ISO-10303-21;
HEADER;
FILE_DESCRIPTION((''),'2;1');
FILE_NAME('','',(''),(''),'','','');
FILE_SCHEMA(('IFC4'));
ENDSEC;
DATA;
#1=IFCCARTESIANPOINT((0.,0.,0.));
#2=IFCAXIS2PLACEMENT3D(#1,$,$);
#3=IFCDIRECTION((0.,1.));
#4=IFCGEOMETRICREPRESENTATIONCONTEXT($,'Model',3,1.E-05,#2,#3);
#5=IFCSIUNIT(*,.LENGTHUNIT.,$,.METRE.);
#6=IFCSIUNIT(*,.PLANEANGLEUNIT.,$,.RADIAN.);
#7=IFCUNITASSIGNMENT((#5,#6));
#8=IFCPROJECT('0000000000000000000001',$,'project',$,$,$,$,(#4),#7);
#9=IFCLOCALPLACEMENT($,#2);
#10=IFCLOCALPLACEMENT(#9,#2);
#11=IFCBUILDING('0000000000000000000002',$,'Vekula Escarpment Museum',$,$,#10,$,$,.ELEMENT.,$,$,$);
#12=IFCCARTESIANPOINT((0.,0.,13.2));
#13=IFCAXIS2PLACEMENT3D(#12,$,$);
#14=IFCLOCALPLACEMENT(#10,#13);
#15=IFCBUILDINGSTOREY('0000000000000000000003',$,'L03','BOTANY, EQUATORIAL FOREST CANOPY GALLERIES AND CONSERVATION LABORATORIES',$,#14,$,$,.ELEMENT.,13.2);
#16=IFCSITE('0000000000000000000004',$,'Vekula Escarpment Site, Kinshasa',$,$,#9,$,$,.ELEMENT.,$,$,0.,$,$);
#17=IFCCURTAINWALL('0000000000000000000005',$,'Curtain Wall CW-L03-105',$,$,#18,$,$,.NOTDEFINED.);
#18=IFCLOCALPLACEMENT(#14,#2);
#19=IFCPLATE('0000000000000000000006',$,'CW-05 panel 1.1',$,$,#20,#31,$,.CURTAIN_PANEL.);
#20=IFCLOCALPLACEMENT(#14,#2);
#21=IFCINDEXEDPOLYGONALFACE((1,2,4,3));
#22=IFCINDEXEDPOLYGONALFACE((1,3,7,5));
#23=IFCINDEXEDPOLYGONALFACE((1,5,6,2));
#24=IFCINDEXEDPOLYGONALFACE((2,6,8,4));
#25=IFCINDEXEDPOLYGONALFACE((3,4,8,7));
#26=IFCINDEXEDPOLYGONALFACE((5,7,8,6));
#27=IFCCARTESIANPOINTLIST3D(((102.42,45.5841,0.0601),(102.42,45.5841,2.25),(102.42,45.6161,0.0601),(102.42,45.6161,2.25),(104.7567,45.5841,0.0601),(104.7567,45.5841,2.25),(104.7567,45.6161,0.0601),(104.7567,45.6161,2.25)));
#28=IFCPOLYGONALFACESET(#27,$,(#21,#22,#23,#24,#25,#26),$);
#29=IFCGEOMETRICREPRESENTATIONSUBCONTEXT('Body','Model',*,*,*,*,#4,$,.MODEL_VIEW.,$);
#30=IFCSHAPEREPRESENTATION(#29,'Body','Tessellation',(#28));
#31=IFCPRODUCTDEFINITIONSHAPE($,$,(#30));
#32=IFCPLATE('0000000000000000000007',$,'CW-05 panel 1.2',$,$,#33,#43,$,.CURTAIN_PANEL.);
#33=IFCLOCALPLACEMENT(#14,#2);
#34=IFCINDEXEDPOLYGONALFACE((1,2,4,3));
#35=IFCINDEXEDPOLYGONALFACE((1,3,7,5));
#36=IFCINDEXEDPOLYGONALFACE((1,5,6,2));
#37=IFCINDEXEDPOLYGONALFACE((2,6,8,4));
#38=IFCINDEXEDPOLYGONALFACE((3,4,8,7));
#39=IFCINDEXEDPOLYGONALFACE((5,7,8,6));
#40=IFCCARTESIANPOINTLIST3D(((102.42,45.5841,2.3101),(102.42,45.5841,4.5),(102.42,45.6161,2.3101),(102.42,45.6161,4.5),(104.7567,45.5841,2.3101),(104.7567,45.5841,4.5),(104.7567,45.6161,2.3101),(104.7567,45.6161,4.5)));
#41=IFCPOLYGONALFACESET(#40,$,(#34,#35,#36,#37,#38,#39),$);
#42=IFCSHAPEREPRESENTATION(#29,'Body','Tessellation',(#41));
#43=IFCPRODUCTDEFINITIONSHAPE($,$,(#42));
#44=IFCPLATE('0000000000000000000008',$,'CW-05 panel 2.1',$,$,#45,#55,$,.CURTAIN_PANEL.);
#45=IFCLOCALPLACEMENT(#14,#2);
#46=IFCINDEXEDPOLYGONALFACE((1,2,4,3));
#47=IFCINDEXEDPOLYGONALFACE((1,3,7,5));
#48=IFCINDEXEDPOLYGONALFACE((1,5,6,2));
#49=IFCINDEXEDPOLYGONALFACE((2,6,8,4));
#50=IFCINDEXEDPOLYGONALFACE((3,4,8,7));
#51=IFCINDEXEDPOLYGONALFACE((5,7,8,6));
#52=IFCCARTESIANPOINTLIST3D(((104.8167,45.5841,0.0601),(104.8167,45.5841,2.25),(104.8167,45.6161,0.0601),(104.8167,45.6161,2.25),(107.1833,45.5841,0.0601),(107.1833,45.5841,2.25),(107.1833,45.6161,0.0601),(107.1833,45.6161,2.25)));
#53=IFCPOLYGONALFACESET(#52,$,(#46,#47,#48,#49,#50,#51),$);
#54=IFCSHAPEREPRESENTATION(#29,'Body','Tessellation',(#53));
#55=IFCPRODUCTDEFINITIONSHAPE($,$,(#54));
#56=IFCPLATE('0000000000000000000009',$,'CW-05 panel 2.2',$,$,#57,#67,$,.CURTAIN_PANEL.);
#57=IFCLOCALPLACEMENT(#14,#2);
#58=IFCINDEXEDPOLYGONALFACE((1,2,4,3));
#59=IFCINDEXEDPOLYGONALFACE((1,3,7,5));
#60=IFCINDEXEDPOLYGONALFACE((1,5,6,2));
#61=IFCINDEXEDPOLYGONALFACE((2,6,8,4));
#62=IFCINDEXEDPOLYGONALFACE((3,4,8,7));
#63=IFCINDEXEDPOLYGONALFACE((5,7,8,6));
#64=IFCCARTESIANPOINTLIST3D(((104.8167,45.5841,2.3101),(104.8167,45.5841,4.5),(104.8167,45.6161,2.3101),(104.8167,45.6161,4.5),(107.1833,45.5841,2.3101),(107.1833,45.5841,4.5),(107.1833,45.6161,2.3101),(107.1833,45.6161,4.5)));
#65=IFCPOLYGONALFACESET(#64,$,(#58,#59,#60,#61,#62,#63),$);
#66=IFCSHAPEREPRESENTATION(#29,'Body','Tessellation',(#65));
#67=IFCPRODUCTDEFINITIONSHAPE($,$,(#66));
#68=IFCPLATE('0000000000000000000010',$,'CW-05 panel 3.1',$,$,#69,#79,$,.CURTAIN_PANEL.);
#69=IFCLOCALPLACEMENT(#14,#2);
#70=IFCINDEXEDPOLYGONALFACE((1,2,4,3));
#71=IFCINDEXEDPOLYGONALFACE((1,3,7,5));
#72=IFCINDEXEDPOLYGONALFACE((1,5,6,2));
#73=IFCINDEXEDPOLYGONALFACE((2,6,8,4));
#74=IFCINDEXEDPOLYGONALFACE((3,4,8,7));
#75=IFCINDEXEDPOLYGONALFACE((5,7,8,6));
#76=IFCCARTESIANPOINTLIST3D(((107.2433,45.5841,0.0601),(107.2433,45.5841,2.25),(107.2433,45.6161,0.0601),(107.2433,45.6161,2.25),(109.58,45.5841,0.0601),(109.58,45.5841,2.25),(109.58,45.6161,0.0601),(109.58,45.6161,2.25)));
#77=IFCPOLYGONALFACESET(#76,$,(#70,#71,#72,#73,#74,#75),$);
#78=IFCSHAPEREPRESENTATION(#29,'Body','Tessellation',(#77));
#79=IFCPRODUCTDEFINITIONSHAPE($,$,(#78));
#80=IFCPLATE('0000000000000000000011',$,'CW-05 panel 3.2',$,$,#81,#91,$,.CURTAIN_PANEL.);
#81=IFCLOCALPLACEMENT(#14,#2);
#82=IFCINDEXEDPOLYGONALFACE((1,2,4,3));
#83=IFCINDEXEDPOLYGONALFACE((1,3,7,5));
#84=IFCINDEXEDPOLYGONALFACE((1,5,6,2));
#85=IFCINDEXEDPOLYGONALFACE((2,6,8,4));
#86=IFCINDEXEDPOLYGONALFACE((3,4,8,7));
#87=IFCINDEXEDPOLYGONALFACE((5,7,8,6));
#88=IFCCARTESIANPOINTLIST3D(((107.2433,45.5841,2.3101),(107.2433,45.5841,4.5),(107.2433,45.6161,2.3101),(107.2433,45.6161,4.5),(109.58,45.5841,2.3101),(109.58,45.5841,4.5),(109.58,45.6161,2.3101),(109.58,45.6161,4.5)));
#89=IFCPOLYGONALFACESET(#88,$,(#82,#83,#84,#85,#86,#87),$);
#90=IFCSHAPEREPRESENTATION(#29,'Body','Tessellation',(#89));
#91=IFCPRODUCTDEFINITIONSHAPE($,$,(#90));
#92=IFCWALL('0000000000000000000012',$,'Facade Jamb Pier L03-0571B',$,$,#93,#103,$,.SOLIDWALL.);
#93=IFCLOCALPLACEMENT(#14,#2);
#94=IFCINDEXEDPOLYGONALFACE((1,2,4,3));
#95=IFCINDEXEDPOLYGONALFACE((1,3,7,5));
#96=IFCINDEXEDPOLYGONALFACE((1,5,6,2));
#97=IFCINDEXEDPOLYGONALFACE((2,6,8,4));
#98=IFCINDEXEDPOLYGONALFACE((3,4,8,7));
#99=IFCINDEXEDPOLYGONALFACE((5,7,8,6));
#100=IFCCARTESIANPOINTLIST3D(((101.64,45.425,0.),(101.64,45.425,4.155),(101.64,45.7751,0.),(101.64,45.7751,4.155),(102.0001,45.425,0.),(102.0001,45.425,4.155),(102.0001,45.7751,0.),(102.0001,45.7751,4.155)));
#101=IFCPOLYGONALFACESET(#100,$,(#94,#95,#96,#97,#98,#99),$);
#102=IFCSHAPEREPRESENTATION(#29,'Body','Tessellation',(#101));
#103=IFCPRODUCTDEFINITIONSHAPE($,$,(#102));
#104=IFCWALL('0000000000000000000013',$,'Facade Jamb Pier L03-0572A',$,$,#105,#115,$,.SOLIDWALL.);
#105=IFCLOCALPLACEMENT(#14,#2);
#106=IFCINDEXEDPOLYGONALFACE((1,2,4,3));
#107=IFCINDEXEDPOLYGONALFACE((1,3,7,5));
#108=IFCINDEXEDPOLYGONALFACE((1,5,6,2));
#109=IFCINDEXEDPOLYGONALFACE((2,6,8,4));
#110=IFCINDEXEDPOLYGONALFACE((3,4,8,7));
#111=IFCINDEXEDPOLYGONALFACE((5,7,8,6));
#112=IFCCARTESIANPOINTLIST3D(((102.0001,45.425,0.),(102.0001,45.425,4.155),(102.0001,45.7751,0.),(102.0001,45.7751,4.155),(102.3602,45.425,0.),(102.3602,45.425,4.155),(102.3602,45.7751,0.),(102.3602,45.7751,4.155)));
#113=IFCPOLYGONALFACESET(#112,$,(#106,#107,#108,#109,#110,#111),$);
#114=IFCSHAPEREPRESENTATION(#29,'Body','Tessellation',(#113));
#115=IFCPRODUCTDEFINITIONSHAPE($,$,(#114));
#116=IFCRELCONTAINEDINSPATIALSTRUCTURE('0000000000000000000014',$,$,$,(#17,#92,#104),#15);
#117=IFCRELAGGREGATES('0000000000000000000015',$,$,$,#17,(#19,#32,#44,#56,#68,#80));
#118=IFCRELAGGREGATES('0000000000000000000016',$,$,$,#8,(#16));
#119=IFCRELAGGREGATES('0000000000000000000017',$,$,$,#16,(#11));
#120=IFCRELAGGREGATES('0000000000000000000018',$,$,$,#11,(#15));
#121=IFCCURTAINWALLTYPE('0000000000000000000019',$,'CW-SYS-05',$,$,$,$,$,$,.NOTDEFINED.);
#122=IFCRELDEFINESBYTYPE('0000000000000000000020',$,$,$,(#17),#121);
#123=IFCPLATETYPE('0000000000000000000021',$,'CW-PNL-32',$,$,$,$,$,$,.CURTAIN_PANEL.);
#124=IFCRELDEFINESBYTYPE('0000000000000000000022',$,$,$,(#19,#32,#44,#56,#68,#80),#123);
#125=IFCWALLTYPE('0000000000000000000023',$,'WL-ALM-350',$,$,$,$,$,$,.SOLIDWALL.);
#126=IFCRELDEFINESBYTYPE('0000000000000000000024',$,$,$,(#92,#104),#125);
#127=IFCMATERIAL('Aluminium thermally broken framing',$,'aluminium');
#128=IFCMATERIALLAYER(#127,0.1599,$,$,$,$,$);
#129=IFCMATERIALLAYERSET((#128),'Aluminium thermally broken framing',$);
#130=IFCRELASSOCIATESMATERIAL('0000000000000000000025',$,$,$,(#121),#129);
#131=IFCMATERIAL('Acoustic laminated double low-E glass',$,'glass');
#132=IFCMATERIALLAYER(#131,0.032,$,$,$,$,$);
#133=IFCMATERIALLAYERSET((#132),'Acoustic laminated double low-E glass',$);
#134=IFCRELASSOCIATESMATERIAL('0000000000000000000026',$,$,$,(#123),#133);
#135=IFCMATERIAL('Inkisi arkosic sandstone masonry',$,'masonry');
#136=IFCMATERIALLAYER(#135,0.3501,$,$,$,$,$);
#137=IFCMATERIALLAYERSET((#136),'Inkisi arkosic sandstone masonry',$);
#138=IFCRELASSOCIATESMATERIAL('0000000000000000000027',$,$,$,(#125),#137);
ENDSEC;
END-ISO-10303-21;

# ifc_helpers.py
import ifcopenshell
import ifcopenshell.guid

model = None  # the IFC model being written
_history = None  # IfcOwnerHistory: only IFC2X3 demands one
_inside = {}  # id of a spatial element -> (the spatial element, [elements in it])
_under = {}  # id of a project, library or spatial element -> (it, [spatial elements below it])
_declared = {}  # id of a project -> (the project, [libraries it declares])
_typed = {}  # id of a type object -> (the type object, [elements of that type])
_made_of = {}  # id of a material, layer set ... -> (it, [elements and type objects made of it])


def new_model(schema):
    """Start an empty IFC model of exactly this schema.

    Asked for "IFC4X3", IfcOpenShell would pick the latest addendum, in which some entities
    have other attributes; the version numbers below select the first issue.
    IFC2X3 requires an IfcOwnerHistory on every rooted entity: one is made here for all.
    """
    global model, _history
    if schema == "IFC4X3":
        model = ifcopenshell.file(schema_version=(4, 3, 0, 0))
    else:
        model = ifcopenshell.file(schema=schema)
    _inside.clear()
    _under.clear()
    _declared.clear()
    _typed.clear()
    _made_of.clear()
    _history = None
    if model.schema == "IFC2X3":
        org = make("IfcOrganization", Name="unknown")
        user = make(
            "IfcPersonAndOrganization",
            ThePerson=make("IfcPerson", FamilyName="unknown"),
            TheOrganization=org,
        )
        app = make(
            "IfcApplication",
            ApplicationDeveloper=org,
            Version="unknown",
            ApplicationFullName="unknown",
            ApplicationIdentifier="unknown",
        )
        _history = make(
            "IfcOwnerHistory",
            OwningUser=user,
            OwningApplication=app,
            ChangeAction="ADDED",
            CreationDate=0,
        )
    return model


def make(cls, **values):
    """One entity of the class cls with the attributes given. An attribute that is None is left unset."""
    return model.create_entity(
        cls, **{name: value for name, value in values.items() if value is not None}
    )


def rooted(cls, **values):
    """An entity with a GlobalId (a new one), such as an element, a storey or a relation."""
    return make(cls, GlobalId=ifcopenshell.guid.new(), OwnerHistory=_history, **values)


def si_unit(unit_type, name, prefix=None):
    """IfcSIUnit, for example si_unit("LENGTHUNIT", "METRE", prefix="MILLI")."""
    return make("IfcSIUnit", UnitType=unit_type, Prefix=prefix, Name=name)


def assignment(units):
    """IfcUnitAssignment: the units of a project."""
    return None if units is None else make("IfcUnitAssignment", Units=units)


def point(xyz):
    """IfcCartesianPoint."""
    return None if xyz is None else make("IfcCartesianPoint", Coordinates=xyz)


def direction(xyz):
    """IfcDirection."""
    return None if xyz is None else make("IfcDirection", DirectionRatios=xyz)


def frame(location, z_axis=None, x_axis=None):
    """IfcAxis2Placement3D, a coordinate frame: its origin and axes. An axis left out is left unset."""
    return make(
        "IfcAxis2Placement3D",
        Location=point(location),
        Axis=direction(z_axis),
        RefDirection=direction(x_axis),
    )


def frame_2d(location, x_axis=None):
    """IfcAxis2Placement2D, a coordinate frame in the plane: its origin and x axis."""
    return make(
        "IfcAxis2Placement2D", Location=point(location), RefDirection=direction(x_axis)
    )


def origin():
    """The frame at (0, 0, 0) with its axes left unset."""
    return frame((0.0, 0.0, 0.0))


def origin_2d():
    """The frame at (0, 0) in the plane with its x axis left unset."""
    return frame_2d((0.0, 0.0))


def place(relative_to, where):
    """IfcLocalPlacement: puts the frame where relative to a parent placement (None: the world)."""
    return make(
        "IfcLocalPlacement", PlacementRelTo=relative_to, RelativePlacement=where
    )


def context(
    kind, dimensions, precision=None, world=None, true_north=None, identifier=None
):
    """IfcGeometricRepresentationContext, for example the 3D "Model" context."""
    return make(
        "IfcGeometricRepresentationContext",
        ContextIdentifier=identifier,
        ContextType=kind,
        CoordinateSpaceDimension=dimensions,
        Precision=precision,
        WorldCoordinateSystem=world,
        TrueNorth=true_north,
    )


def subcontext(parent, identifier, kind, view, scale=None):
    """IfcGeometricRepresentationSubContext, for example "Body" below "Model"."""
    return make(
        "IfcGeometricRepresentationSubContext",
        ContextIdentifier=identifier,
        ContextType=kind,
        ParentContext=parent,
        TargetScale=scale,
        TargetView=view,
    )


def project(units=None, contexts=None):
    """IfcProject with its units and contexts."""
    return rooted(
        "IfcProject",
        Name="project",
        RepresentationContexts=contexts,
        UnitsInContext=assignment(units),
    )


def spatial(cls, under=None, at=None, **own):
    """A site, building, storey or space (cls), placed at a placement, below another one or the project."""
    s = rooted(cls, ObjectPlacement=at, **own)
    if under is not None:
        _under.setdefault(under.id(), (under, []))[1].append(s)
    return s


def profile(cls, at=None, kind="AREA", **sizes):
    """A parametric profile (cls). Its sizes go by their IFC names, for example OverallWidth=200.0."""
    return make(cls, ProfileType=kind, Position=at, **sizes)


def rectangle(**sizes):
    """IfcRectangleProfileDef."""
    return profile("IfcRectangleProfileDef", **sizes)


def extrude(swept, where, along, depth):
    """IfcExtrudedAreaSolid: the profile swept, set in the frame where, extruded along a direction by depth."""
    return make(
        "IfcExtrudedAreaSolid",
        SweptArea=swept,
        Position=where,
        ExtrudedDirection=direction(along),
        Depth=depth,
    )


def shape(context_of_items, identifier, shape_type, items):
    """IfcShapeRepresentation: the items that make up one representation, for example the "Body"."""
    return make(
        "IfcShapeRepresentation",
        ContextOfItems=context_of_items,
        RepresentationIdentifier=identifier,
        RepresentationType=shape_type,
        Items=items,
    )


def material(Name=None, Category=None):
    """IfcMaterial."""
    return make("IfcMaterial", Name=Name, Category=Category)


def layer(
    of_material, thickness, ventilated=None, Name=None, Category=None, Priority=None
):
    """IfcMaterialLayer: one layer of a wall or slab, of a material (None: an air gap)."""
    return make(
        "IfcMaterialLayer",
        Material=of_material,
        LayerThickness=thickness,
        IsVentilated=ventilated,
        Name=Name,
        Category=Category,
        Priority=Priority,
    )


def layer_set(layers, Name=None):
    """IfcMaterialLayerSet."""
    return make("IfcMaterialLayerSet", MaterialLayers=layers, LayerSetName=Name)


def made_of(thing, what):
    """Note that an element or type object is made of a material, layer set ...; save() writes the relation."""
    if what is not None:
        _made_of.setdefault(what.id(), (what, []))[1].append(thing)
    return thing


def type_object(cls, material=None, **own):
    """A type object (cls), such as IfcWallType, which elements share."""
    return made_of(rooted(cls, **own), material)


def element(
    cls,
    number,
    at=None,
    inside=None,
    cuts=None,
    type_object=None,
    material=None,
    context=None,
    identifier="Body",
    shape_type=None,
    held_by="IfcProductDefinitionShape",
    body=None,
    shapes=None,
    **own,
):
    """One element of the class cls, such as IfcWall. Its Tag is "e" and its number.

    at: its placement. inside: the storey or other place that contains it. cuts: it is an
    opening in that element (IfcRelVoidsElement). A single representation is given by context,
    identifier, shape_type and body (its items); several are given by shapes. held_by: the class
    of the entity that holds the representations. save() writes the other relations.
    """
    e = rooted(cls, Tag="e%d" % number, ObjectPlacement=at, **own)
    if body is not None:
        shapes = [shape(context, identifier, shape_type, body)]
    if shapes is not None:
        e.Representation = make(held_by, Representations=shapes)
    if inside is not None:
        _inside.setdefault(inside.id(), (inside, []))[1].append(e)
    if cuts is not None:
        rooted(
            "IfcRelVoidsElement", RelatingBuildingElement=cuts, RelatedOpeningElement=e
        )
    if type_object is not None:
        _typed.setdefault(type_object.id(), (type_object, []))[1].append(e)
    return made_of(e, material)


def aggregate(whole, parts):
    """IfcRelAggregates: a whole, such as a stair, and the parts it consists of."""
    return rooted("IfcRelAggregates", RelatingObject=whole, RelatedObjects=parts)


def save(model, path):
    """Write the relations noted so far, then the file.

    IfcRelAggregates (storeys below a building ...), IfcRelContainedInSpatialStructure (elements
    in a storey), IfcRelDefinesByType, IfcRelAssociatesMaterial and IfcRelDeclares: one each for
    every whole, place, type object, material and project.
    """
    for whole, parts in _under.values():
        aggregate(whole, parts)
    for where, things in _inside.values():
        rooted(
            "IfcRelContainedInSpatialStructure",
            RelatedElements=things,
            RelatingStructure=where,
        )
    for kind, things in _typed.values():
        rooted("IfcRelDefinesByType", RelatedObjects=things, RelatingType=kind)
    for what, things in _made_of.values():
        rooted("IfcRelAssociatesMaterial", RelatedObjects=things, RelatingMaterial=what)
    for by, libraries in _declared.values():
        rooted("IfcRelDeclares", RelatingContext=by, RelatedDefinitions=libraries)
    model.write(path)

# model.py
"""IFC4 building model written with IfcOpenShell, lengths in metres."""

from ifc_helpers import new_model, si_unit, direction, frame, frame_2d, origin, origin_2d, place, context, subcontext, project, spatial, rectangle, extrude, material, layer, layer_set, type_object, element, aggregate, save


model = new_model("IFC4")

# Units and contexts
model_context = context("Model", 3, precision=1e-05, world=origin(), true_north=direction((0.0, 1.0)))
body_context = subcontext(model_context, "Body", "Model", "MODEL_VIEW")
ifc_project = project(units=[si_unit("LENGTHUNIT", "METRE"), si_unit("PLANEANGLEUNIT", "RADIAN")], contexts=[model_context])

# Site, building, storey
site_placement = place(None, origin())
site = spatial("IfcSite", under=ifc_project, at=site_placement, Name="Vekula Escarpment Site, Kinshasa", CompositionType="ELEMENT", RefElevation=0.0)
building_placement = place(site_placement, origin())
building = spatial("IfcBuilding", under=site, at=building_placement, Name="Vekula Escarpment Museum", CompositionType="ELEMENT")
storey_placement = place(building_placement, frame((0.0, 0.0, 13.2)))
storey = spatial("IfcBuildingStorey", under=building, at=storey_placement, Name="L03", Description="BOTANY, EQUATORIAL FOREST CANOPY GALLERIES AND CONSERVATION LABORATORIES", CompositionType="ELEMENT", Elevation=13.2)

# Curtain wall
ifc_material_1 = material(Name="Aluminium thermally broken framing", Category="aluminium")
ifc_layer_1 = layer(ifc_material_1, 0.1599)
ifc_layer_set_1 = layer_set([ifc_layer_1], Name="Aluminium thermally broken framing")
curtain_wall_type_1 = type_object("IfcCurtainWallType", Name="CW-SYS-05", PredefinedType="NOTDEFINED", material=ifc_layer_set_1)
curtain_wall_1_placement = place(storey_placement, origin())
curtain_wall_1 = element("IfcCurtainWall", 1, at=curtain_wall_1_placement, inside=storey, type_object=curtain_wall_type_1, Name="Curtain Wall CW-L03-105", PredefinedType="NOTDEFINED")

# Plates
ifc_material_2 = material(Name="Acoustic laminated double low-E glass", Category="glass")
ifc_layer_2 = layer(ifc_material_2, 0.032)
ifc_layer_set_2 = layer_set([ifc_layer_2], Name="Acoustic laminated double low-E glass")
plate_type_1 = type_object("IfcPlateType", Name="CW-PNL-32", PredefinedType="CURTAIN_PANEL", material=ifc_layer_set_2)
plate_1_placement = place(storey_placement, frame((103.5884, 45.6001, 0.0601), z_axis=(0.0, 0.0, 1.0), x_axis=(1.0, 0.0, 0.0)))
plate_1 = element("IfcPlate", 2, at=plate_1_placement, type_object=plate_type_1, Name="CW-05 panel 1.1", PredefinedType="CURTAIN_PANEL", context=body_context, shape_type="SweptSolid", body=[
    extrude(rectangle(XDim=2.3367, YDim=0.032, at=origin_2d()), origin(), (0.0, 0.0, 1.0), 2.1899),
])
plate_2_placement = place(storey_placement, frame((103.5884, 45.6001, 2.3101), z_axis=(0.0, 0.0, 1.0), x_axis=(1.0, 0.0, 0.0)))
plate_2 = element("IfcPlate", 3, at=plate_2_placement, type_object=plate_type_1, Name="CW-05 panel 1.2", PredefinedType="CURTAIN_PANEL", context=body_context, shape_type="SweptSolid", body=[
    extrude(rectangle(XDim=2.3367, YDim=0.032, at=origin_2d()), origin(), (0.0, 0.0, 1.0), 2.1899),
])
plate_3_placement = place(storey_placement, frame((106.0, 45.6001, 0.0601), z_axis=(0.0, 0.0, 1.0), x_axis=(1.0, 0.0, 0.0)))
plate_3 = element("IfcPlate", 4, at=plate_3_placement, type_object=plate_type_1, Name="CW-05 panel 2.1", PredefinedType="CURTAIN_PANEL", context=body_context, shape_type="SweptSolid", body=[
    extrude(rectangle(XDim=2.3667, YDim=0.032, at=origin_2d()), origin(), (0.0, 0.0, 1.0), 2.1899),
])
plate_4_placement = place(storey_placement, frame((106.0, 45.6001, 2.3101), z_axis=(0.0, 0.0, 1.0), x_axis=(1.0, 0.0, 0.0)))
plate_4 = element("IfcPlate", 5, at=plate_4_placement, type_object=plate_type_1, Name="CW-05 panel 2.2", PredefinedType="CURTAIN_PANEL", context=body_context, shape_type="SweptSolid", body=[
    extrude(rectangle(XDim=2.3667, YDim=0.032, at=origin_2d()), origin(), (0.0, 0.0, 1.0), 2.1899),
])
plate_5_placement = place(storey_placement, frame((108.4116, 45.6001, 0.0601), z_axis=(0.0, 0.0, 1.0), x_axis=(1.0, 0.0, 0.0)))
plate_5 = element("IfcPlate", 6, at=plate_5_placement, type_object=plate_type_1, Name="CW-05 panel 3.1", PredefinedType="CURTAIN_PANEL", context=body_context, shape_type="SweptSolid", body=[
    extrude(rectangle(XDim=2.3367, YDim=0.032, at=origin_2d()), origin(), (0.0, 0.0, 1.0), 2.1899),
])
plate_6_placement = place(storey_placement, frame((108.4116, 45.6001, 2.3101), z_axis=(0.0, 0.0, 1.0), x_axis=(1.0, 0.0, 0.0)))
plate_6 = element("IfcPlate", 7, at=plate_6_placement, type_object=plate_type_1, Name="CW-05 panel 3.2", PredefinedType="CURTAIN_PANEL", context=body_context, shape_type="SweptSolid", body=[
    extrude(rectangle(XDim=2.3367, YDim=0.032, at=origin_2d()), origin(), (0.0, 0.0, 1.0), 2.1899),
])
aggregate(curtain_wall_1, [plate_1, plate_2, plate_3, plate_4, plate_5, plate_6])

# Walls
ifc_material_3 = material(Name="Inkisi arkosic sandstone masonry", Category="masonry")
ifc_layer_3 = layer(ifc_material_3, 0.3501)
ifc_layer_set_3 = layer_set([ifc_layer_3], Name="Inkisi arkosic sandstone masonry")
wall_type = type_object("IfcWallType", Name="WL-ALM-350", PredefinedType="SOLIDWALL", material=ifc_layer_set_3)
for number, where, z_axis, x_axis, name in (
    (8, (101.6399, 45.6001, 0.0), (0.0, 0.0, 1.0), (1.0, 0.0, 0.0), "Facade Jamb Pier L03-0571B"),
    (9, (102.0, 45.6001, 0.0), (0.0, 0.0, 1.0), (1.0, 0.0, 0.0), "Facade Jamb Pier L03-0572A"),
):
    element("IfcWall", number, at=place(storey_placement, frame(where, z_axis=z_axis, x_axis=x_axis)), inside=storey, type_object=wall_type, Name=name, PredefinedType="SOLIDWALL", context=body_context, shape_type="SweptSolid", body=[
        extrude(rectangle(XDim=0.3601, YDim=0.3501, at=frame_2d((0.1802, 0.0))), origin(), (0.0, 0.0, 1.0), 4.155),
    ])

save(model, "model.ifc")
